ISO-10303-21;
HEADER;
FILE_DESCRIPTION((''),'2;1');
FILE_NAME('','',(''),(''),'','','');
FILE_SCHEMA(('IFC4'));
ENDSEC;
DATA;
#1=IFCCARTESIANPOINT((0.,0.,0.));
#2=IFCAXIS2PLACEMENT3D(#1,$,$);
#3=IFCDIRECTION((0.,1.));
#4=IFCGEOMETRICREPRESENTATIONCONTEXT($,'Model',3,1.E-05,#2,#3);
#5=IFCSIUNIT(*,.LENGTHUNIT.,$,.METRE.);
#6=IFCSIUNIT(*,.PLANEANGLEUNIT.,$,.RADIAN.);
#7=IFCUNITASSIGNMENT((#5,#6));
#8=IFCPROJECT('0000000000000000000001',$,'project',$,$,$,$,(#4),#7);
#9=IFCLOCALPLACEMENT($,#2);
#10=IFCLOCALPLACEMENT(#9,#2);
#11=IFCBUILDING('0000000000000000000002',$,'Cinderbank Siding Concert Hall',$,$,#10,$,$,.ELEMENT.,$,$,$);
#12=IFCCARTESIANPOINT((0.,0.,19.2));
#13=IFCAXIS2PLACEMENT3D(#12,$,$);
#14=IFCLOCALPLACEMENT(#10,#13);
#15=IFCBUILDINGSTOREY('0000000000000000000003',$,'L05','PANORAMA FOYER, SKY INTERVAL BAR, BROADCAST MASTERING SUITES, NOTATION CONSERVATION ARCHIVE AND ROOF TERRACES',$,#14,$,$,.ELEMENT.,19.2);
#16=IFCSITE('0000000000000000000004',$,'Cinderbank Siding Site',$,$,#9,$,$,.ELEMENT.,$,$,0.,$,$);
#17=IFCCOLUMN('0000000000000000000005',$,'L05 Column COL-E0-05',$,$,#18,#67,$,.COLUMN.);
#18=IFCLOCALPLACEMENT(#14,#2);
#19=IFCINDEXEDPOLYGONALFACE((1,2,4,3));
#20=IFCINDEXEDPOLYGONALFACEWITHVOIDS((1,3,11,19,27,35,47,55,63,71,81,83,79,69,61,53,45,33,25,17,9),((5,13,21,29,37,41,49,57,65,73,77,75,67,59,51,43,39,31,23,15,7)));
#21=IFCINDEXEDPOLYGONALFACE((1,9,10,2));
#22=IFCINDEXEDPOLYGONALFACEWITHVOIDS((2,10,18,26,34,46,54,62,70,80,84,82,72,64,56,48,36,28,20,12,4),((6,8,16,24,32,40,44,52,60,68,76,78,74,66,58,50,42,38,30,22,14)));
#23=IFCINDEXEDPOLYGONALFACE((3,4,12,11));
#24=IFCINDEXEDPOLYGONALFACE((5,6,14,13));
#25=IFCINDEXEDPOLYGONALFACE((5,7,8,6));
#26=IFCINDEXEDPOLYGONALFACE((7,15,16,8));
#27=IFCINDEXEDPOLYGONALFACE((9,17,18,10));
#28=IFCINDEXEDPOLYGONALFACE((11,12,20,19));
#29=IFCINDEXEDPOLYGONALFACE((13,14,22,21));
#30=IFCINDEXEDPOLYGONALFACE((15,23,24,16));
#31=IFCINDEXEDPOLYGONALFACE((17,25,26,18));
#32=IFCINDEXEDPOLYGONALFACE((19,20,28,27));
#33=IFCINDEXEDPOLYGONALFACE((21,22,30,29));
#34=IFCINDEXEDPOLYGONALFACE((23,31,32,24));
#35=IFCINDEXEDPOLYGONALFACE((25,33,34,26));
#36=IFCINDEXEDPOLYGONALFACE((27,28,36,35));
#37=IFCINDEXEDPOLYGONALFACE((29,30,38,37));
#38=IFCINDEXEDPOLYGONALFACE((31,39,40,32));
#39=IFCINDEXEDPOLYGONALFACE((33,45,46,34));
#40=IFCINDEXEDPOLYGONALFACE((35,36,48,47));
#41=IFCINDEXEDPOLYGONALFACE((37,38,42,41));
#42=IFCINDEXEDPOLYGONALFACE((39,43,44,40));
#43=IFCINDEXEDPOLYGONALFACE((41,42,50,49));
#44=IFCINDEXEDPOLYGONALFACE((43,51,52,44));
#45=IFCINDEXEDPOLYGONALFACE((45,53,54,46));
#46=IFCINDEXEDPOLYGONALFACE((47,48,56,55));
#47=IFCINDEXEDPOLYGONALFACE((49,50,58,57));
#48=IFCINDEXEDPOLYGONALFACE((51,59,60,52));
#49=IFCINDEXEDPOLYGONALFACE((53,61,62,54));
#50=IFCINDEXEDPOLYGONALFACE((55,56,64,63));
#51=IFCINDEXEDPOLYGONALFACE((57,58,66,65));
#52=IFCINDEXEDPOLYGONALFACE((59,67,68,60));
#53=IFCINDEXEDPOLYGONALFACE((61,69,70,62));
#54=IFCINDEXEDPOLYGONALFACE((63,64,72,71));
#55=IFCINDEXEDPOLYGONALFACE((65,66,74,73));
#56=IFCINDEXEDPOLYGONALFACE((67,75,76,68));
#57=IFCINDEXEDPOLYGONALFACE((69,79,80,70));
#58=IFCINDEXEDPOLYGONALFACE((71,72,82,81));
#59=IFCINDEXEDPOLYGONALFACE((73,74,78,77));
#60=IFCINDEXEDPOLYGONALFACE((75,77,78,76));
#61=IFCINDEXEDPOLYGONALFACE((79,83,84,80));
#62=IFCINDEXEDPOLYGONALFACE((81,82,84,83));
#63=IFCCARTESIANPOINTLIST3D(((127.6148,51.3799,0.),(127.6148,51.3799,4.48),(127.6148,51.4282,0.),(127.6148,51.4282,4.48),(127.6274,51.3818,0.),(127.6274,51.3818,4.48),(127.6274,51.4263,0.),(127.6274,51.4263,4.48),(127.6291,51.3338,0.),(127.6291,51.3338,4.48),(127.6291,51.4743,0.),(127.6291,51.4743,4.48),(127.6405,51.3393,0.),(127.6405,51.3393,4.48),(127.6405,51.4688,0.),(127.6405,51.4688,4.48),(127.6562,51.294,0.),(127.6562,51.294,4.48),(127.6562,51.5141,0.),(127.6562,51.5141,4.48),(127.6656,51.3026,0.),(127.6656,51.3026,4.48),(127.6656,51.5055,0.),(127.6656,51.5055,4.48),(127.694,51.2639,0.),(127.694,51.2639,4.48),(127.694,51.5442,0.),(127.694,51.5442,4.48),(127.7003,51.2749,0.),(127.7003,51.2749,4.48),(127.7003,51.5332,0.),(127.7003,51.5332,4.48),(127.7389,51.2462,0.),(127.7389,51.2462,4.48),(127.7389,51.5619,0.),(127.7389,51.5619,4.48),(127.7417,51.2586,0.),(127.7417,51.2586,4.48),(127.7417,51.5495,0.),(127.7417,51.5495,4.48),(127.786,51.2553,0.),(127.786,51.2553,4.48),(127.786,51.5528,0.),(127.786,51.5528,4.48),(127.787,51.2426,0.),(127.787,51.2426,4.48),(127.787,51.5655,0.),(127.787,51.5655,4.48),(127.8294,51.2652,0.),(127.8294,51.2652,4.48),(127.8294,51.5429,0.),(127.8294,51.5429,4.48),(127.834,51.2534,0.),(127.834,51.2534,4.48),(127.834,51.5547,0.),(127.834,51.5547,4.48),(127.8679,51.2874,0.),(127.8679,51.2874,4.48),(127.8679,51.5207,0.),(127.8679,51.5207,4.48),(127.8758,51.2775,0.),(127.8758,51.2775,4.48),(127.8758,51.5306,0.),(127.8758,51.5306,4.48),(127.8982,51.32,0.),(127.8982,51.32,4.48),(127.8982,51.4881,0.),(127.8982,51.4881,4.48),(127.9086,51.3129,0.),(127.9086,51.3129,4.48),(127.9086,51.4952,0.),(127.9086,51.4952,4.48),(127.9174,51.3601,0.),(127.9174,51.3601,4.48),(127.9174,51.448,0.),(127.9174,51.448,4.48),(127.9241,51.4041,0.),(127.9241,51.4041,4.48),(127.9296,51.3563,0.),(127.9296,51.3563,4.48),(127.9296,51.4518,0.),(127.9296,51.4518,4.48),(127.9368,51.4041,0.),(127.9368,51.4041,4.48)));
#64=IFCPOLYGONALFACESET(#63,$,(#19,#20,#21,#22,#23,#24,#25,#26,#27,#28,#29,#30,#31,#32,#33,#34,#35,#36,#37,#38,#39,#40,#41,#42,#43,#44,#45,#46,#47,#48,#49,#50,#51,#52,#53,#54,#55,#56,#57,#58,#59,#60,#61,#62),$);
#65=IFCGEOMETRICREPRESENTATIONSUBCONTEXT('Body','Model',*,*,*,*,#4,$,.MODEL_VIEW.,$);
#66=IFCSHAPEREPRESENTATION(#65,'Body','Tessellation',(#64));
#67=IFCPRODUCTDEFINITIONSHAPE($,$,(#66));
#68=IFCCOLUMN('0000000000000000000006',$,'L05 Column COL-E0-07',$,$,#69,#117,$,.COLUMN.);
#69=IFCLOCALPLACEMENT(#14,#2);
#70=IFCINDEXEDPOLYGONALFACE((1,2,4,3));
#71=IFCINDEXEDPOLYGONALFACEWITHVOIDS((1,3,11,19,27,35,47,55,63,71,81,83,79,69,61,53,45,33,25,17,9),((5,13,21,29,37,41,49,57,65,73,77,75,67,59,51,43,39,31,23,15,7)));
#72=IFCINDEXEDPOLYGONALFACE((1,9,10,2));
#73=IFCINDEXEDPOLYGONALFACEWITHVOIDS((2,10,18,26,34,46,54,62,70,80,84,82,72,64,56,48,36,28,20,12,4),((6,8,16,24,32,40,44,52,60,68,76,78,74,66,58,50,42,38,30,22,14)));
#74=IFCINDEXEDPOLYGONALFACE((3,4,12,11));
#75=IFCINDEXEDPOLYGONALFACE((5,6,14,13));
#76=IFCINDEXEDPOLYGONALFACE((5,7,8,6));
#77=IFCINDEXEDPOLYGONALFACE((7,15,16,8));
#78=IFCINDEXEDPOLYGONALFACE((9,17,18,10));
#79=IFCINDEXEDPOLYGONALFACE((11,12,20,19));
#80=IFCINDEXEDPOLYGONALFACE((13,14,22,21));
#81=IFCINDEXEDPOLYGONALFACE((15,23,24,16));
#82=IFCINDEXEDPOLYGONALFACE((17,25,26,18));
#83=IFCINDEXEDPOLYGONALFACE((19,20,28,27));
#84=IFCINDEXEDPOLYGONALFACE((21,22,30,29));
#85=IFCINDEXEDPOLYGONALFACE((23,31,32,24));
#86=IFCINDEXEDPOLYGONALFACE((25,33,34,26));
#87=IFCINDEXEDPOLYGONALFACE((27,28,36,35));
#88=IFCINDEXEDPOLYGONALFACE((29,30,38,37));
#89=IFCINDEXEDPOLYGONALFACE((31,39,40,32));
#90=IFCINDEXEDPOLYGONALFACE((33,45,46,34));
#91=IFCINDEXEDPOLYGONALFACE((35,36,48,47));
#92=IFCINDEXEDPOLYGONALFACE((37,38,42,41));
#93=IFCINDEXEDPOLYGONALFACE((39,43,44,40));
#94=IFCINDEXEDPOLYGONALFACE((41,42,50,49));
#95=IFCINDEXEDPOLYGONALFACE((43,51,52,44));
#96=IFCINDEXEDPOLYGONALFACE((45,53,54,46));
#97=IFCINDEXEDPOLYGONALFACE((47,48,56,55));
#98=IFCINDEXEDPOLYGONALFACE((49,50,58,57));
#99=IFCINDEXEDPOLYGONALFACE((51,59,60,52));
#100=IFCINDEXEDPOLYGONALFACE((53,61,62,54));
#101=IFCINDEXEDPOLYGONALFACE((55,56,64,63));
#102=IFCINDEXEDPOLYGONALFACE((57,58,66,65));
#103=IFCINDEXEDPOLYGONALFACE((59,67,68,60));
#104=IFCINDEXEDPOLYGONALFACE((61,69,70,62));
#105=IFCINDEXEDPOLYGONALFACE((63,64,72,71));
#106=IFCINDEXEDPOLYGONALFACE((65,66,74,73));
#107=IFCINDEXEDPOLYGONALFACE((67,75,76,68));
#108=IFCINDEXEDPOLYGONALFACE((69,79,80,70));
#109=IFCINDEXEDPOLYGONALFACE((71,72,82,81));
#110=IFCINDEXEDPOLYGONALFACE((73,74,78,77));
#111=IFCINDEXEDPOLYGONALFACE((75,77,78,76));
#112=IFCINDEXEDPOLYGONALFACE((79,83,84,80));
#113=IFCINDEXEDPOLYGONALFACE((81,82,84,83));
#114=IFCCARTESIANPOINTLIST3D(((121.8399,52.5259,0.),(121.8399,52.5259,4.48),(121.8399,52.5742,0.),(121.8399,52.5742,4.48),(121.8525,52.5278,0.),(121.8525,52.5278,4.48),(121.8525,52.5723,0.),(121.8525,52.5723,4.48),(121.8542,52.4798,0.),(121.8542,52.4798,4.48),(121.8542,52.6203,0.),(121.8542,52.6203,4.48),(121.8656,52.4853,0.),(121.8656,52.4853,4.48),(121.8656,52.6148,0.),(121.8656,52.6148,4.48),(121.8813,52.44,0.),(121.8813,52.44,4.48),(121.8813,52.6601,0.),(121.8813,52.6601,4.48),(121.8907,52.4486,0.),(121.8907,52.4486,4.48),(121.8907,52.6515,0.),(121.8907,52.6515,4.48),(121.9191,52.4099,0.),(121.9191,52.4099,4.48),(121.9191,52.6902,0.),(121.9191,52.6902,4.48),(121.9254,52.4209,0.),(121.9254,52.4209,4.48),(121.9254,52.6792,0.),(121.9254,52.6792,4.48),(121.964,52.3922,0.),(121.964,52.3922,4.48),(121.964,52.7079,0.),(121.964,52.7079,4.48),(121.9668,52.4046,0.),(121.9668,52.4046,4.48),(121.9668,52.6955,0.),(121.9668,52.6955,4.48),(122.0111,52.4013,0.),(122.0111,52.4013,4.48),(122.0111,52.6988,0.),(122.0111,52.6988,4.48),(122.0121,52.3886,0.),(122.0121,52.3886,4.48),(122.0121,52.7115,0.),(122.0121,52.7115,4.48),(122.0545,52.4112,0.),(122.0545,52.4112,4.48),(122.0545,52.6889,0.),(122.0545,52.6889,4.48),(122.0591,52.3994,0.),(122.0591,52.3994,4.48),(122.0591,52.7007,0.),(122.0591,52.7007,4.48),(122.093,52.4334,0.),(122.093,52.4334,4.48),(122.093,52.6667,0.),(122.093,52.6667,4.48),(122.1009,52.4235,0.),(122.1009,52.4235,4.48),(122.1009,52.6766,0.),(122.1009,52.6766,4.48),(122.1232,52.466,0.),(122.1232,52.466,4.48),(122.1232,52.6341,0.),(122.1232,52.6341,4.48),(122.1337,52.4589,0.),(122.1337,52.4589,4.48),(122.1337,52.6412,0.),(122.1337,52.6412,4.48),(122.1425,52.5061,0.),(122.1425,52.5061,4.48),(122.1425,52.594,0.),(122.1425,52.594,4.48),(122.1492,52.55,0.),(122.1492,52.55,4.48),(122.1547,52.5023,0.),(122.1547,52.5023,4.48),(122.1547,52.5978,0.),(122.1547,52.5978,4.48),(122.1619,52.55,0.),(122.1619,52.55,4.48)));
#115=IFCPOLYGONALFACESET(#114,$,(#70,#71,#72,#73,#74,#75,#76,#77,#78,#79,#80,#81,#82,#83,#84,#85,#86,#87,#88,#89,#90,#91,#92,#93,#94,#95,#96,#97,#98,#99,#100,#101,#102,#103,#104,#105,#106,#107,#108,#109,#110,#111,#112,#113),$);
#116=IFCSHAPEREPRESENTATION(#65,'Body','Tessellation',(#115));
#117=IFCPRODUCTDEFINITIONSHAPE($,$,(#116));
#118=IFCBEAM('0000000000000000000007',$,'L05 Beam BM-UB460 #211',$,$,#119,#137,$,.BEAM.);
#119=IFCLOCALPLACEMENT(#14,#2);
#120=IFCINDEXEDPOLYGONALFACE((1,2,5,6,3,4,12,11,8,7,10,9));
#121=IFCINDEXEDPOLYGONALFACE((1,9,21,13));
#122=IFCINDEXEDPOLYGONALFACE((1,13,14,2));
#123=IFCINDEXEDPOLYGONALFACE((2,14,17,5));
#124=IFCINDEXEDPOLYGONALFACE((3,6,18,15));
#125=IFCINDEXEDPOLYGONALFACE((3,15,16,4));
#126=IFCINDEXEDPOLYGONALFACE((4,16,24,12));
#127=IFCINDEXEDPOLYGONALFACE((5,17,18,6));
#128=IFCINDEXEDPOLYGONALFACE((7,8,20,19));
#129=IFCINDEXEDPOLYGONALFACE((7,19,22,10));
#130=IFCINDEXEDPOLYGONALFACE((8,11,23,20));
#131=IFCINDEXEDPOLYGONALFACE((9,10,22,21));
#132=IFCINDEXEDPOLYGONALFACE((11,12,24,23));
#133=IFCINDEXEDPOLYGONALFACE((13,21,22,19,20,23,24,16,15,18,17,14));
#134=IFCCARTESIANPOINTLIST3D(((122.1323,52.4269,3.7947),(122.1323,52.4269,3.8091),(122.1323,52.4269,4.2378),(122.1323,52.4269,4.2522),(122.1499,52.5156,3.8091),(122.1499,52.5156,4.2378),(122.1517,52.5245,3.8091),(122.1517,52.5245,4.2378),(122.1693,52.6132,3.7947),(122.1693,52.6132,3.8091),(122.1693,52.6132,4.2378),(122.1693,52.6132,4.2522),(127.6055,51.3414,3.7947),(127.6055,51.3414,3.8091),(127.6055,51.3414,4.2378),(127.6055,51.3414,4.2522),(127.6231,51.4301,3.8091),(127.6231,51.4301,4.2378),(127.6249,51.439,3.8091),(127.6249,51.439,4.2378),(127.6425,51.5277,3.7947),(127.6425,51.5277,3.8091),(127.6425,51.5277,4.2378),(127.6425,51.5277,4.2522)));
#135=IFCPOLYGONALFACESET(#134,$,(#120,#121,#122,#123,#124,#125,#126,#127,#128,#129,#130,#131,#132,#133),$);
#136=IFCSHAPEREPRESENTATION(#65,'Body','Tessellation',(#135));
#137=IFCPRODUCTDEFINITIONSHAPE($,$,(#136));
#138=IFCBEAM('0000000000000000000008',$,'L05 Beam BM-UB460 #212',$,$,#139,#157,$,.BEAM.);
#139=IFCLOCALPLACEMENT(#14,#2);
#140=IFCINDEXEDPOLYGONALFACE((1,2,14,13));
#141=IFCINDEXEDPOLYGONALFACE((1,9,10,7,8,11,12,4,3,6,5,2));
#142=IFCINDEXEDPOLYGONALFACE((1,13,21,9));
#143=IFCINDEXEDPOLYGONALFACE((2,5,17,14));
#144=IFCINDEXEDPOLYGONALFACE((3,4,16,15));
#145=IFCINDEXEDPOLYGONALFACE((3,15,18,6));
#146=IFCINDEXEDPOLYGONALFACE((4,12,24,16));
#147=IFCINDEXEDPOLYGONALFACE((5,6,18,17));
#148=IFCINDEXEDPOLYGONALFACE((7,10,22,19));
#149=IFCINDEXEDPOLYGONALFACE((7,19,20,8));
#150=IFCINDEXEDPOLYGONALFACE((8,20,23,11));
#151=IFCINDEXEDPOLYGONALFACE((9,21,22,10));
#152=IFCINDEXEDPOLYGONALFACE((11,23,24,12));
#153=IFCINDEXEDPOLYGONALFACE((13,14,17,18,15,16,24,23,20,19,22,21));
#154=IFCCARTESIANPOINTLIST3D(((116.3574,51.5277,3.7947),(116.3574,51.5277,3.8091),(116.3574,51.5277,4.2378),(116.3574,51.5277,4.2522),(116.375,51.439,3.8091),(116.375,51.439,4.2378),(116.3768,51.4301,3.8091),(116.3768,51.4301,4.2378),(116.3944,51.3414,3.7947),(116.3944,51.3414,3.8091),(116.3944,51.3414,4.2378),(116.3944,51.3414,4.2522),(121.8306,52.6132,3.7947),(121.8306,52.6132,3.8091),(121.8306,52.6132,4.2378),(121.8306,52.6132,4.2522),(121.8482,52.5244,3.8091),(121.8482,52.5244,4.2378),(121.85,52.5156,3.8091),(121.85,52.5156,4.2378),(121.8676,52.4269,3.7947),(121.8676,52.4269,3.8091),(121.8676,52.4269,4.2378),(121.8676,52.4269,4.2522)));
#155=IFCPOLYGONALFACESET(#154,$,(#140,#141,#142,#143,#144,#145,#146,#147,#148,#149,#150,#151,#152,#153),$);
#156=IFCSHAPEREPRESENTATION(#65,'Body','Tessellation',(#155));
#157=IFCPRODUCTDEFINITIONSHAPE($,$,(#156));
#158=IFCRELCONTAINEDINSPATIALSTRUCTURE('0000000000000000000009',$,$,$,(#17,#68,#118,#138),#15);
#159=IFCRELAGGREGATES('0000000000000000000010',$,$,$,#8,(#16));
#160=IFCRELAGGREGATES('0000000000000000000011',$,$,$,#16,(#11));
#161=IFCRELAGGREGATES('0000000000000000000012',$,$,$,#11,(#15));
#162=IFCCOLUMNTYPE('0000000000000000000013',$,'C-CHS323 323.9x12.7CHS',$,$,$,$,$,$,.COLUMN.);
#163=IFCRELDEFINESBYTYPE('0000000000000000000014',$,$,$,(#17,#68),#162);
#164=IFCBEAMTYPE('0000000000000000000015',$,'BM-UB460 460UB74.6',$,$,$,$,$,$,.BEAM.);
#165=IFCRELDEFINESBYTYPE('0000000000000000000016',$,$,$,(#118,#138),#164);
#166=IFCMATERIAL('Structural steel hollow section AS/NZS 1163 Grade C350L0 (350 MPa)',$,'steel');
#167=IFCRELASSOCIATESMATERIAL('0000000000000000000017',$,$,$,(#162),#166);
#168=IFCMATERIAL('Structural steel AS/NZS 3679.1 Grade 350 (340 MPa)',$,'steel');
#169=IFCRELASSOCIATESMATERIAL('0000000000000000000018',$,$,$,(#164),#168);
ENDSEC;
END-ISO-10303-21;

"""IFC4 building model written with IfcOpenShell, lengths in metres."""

from ifc_helpers import new_model, si_unit, direction, frame, origin, origin_2d, place, context, subcontext, project, spatial, hollow_circle, i_section, extrude, material, material_profile, profile_set, type_object, element, save


model = new_model("IFC4")

# Units and contexts
model_context = context("Model", 3, precision=1e-05, world=origin(), true_north=direction((0.0, 1.0)))
body_context = subcontext(model_context, "Body", "Model", "MODEL_VIEW")
ifc_project = project(units=[si_unit("LENGTHUNIT", "METRE"), si_unit("PLANEANGLEUNIT", "RADIAN")], contexts=[model_context])

# Site, building, storey
site_placement = place(None, origin())
site = spatial("IfcSite", under=ifc_project, at=site_placement, Name="Cinderbank Siding Site", CompositionType="ELEMENT", RefElevation=0.0)
building_placement = place(site_placement, origin())
building = spatial("IfcBuilding", under=site, at=building_placement, Name="Cinderbank Siding Concert Hall", CompositionType="ELEMENT")
storey_placement = place(building_placement, frame((0.0, 0.0, 19.2)))
storey = spatial("IfcBuildingStorey", under=building, at=storey_placement, Name="L05", Description="PANORAMA FOYER, SKY INTERVAL BAR, BROADCAST MASTERING SUITES, NOTATION CONSERVATION ARCHIVE AND ROOF TERRACES", CompositionType="ELEMENT", Elevation=19.2)

# Columns
ifc_material_1 = material(Name="Structural steel hollow section AS/NZS 1163 Grade C350L0 (350 MPa)", Category="steel")
ifc_material_profile_1 = material_profile(ifc_material_1, hollow_circle(Radius=0.1619, WallThickness=0.0127, at=origin_2d()), Name="323.9x12.7CHS", Category="LoadBearing")
ifc_profile_set_1 = profile_set([ifc_material_profile_1], Name="Structural steel hollow section AS/NZS 1163 Grade C350L0 (350 MPa)")
column_type = type_object("IfcColumnType", Name="C-CHS323 323.9x12.7CHS", PredefinedType="COLUMN", material=ifc_profile_set_1)
for number, where, z_axis, x_axis, name in (
    (1, (127.7749, 51.4041, 0.0), (0.0, 0.0, 1.0), (1.0, 0.0, 0.0), "L05 Column COL-E0-05"),
    (2, (122.0, 52.55, 0.0), (0.0, 0.0, 1.0), (1.0, 0.0, 0.0), "L05 Column COL-E0-07"),
):
    element("IfcColumn", number, at=place(storey_placement, frame(where, z_axis=z_axis, x_axis=x_axis)), inside=storey, type_object=column_type, Name=name, PredefinedType="COLUMN", context=body_context, shape_type="SweptSolid", body=[
        extrude(hollow_circle(Radius=0.1619, WallThickness=0.0127, at=origin_2d()), origin(), (0.0, 0.0, 1.0), 4.48),
    ])

# Beams
ifc_material_2 = material(Name="Structural steel AS/NZS 3679.1 Grade 350 (340 MPa)", Category="steel")
ifc_material_profile_2 = material_profile(ifc_material_2, i_section(OverallWidth=0.1899, OverallDepth=0.4575, WebThickness=0.009, FlangeThickness=0.0144, at=origin_2d()), Name="460UB74.6", Category="LoadBearing")
ifc_profile_set_2 = profile_set([ifc_material_profile_2], Name="Structural steel AS/NZS 3679.1 Grade 350 (340 MPa)")
beam_type = type_object("IfcBeamType", Name="BM-UB460 460UB74.6", PredefinedType="BEAM", material=ifc_profile_set_2)
for number, where, z_axis, x_axis, name in (
    (3, (127.624, 51.4346, 4.0234), (-0.980896, 0.194534, 0.0), (-0.194534, -0.980896, 0.0), "L05 Beam BM-UB460 #211"),
    (4, (121.8491, 52.52, 4.0234), (-0.980896, -0.194534, 0.0), (0.194534, -0.980896, 0.0), "L05 Beam BM-UB460 #212"),
):
    element("IfcBeam", number, at=place(storey_placement, frame(where, z_axis=z_axis, x_axis=x_axis)), inside=storey, type_object=beam_type, Name=name, PredefinedType="BEAM", context=body_context, shape_type="SweptSolid", body=[
        extrude(i_section(OverallWidth=0.1899, OverallDepth=0.4575, WebThickness=0.009, FlangeThickness=0.0144, at=origin_2d()), origin(), (0.0, 0.0, 1.0), 5.5798),
    ])

save(model, "model.ifc")
